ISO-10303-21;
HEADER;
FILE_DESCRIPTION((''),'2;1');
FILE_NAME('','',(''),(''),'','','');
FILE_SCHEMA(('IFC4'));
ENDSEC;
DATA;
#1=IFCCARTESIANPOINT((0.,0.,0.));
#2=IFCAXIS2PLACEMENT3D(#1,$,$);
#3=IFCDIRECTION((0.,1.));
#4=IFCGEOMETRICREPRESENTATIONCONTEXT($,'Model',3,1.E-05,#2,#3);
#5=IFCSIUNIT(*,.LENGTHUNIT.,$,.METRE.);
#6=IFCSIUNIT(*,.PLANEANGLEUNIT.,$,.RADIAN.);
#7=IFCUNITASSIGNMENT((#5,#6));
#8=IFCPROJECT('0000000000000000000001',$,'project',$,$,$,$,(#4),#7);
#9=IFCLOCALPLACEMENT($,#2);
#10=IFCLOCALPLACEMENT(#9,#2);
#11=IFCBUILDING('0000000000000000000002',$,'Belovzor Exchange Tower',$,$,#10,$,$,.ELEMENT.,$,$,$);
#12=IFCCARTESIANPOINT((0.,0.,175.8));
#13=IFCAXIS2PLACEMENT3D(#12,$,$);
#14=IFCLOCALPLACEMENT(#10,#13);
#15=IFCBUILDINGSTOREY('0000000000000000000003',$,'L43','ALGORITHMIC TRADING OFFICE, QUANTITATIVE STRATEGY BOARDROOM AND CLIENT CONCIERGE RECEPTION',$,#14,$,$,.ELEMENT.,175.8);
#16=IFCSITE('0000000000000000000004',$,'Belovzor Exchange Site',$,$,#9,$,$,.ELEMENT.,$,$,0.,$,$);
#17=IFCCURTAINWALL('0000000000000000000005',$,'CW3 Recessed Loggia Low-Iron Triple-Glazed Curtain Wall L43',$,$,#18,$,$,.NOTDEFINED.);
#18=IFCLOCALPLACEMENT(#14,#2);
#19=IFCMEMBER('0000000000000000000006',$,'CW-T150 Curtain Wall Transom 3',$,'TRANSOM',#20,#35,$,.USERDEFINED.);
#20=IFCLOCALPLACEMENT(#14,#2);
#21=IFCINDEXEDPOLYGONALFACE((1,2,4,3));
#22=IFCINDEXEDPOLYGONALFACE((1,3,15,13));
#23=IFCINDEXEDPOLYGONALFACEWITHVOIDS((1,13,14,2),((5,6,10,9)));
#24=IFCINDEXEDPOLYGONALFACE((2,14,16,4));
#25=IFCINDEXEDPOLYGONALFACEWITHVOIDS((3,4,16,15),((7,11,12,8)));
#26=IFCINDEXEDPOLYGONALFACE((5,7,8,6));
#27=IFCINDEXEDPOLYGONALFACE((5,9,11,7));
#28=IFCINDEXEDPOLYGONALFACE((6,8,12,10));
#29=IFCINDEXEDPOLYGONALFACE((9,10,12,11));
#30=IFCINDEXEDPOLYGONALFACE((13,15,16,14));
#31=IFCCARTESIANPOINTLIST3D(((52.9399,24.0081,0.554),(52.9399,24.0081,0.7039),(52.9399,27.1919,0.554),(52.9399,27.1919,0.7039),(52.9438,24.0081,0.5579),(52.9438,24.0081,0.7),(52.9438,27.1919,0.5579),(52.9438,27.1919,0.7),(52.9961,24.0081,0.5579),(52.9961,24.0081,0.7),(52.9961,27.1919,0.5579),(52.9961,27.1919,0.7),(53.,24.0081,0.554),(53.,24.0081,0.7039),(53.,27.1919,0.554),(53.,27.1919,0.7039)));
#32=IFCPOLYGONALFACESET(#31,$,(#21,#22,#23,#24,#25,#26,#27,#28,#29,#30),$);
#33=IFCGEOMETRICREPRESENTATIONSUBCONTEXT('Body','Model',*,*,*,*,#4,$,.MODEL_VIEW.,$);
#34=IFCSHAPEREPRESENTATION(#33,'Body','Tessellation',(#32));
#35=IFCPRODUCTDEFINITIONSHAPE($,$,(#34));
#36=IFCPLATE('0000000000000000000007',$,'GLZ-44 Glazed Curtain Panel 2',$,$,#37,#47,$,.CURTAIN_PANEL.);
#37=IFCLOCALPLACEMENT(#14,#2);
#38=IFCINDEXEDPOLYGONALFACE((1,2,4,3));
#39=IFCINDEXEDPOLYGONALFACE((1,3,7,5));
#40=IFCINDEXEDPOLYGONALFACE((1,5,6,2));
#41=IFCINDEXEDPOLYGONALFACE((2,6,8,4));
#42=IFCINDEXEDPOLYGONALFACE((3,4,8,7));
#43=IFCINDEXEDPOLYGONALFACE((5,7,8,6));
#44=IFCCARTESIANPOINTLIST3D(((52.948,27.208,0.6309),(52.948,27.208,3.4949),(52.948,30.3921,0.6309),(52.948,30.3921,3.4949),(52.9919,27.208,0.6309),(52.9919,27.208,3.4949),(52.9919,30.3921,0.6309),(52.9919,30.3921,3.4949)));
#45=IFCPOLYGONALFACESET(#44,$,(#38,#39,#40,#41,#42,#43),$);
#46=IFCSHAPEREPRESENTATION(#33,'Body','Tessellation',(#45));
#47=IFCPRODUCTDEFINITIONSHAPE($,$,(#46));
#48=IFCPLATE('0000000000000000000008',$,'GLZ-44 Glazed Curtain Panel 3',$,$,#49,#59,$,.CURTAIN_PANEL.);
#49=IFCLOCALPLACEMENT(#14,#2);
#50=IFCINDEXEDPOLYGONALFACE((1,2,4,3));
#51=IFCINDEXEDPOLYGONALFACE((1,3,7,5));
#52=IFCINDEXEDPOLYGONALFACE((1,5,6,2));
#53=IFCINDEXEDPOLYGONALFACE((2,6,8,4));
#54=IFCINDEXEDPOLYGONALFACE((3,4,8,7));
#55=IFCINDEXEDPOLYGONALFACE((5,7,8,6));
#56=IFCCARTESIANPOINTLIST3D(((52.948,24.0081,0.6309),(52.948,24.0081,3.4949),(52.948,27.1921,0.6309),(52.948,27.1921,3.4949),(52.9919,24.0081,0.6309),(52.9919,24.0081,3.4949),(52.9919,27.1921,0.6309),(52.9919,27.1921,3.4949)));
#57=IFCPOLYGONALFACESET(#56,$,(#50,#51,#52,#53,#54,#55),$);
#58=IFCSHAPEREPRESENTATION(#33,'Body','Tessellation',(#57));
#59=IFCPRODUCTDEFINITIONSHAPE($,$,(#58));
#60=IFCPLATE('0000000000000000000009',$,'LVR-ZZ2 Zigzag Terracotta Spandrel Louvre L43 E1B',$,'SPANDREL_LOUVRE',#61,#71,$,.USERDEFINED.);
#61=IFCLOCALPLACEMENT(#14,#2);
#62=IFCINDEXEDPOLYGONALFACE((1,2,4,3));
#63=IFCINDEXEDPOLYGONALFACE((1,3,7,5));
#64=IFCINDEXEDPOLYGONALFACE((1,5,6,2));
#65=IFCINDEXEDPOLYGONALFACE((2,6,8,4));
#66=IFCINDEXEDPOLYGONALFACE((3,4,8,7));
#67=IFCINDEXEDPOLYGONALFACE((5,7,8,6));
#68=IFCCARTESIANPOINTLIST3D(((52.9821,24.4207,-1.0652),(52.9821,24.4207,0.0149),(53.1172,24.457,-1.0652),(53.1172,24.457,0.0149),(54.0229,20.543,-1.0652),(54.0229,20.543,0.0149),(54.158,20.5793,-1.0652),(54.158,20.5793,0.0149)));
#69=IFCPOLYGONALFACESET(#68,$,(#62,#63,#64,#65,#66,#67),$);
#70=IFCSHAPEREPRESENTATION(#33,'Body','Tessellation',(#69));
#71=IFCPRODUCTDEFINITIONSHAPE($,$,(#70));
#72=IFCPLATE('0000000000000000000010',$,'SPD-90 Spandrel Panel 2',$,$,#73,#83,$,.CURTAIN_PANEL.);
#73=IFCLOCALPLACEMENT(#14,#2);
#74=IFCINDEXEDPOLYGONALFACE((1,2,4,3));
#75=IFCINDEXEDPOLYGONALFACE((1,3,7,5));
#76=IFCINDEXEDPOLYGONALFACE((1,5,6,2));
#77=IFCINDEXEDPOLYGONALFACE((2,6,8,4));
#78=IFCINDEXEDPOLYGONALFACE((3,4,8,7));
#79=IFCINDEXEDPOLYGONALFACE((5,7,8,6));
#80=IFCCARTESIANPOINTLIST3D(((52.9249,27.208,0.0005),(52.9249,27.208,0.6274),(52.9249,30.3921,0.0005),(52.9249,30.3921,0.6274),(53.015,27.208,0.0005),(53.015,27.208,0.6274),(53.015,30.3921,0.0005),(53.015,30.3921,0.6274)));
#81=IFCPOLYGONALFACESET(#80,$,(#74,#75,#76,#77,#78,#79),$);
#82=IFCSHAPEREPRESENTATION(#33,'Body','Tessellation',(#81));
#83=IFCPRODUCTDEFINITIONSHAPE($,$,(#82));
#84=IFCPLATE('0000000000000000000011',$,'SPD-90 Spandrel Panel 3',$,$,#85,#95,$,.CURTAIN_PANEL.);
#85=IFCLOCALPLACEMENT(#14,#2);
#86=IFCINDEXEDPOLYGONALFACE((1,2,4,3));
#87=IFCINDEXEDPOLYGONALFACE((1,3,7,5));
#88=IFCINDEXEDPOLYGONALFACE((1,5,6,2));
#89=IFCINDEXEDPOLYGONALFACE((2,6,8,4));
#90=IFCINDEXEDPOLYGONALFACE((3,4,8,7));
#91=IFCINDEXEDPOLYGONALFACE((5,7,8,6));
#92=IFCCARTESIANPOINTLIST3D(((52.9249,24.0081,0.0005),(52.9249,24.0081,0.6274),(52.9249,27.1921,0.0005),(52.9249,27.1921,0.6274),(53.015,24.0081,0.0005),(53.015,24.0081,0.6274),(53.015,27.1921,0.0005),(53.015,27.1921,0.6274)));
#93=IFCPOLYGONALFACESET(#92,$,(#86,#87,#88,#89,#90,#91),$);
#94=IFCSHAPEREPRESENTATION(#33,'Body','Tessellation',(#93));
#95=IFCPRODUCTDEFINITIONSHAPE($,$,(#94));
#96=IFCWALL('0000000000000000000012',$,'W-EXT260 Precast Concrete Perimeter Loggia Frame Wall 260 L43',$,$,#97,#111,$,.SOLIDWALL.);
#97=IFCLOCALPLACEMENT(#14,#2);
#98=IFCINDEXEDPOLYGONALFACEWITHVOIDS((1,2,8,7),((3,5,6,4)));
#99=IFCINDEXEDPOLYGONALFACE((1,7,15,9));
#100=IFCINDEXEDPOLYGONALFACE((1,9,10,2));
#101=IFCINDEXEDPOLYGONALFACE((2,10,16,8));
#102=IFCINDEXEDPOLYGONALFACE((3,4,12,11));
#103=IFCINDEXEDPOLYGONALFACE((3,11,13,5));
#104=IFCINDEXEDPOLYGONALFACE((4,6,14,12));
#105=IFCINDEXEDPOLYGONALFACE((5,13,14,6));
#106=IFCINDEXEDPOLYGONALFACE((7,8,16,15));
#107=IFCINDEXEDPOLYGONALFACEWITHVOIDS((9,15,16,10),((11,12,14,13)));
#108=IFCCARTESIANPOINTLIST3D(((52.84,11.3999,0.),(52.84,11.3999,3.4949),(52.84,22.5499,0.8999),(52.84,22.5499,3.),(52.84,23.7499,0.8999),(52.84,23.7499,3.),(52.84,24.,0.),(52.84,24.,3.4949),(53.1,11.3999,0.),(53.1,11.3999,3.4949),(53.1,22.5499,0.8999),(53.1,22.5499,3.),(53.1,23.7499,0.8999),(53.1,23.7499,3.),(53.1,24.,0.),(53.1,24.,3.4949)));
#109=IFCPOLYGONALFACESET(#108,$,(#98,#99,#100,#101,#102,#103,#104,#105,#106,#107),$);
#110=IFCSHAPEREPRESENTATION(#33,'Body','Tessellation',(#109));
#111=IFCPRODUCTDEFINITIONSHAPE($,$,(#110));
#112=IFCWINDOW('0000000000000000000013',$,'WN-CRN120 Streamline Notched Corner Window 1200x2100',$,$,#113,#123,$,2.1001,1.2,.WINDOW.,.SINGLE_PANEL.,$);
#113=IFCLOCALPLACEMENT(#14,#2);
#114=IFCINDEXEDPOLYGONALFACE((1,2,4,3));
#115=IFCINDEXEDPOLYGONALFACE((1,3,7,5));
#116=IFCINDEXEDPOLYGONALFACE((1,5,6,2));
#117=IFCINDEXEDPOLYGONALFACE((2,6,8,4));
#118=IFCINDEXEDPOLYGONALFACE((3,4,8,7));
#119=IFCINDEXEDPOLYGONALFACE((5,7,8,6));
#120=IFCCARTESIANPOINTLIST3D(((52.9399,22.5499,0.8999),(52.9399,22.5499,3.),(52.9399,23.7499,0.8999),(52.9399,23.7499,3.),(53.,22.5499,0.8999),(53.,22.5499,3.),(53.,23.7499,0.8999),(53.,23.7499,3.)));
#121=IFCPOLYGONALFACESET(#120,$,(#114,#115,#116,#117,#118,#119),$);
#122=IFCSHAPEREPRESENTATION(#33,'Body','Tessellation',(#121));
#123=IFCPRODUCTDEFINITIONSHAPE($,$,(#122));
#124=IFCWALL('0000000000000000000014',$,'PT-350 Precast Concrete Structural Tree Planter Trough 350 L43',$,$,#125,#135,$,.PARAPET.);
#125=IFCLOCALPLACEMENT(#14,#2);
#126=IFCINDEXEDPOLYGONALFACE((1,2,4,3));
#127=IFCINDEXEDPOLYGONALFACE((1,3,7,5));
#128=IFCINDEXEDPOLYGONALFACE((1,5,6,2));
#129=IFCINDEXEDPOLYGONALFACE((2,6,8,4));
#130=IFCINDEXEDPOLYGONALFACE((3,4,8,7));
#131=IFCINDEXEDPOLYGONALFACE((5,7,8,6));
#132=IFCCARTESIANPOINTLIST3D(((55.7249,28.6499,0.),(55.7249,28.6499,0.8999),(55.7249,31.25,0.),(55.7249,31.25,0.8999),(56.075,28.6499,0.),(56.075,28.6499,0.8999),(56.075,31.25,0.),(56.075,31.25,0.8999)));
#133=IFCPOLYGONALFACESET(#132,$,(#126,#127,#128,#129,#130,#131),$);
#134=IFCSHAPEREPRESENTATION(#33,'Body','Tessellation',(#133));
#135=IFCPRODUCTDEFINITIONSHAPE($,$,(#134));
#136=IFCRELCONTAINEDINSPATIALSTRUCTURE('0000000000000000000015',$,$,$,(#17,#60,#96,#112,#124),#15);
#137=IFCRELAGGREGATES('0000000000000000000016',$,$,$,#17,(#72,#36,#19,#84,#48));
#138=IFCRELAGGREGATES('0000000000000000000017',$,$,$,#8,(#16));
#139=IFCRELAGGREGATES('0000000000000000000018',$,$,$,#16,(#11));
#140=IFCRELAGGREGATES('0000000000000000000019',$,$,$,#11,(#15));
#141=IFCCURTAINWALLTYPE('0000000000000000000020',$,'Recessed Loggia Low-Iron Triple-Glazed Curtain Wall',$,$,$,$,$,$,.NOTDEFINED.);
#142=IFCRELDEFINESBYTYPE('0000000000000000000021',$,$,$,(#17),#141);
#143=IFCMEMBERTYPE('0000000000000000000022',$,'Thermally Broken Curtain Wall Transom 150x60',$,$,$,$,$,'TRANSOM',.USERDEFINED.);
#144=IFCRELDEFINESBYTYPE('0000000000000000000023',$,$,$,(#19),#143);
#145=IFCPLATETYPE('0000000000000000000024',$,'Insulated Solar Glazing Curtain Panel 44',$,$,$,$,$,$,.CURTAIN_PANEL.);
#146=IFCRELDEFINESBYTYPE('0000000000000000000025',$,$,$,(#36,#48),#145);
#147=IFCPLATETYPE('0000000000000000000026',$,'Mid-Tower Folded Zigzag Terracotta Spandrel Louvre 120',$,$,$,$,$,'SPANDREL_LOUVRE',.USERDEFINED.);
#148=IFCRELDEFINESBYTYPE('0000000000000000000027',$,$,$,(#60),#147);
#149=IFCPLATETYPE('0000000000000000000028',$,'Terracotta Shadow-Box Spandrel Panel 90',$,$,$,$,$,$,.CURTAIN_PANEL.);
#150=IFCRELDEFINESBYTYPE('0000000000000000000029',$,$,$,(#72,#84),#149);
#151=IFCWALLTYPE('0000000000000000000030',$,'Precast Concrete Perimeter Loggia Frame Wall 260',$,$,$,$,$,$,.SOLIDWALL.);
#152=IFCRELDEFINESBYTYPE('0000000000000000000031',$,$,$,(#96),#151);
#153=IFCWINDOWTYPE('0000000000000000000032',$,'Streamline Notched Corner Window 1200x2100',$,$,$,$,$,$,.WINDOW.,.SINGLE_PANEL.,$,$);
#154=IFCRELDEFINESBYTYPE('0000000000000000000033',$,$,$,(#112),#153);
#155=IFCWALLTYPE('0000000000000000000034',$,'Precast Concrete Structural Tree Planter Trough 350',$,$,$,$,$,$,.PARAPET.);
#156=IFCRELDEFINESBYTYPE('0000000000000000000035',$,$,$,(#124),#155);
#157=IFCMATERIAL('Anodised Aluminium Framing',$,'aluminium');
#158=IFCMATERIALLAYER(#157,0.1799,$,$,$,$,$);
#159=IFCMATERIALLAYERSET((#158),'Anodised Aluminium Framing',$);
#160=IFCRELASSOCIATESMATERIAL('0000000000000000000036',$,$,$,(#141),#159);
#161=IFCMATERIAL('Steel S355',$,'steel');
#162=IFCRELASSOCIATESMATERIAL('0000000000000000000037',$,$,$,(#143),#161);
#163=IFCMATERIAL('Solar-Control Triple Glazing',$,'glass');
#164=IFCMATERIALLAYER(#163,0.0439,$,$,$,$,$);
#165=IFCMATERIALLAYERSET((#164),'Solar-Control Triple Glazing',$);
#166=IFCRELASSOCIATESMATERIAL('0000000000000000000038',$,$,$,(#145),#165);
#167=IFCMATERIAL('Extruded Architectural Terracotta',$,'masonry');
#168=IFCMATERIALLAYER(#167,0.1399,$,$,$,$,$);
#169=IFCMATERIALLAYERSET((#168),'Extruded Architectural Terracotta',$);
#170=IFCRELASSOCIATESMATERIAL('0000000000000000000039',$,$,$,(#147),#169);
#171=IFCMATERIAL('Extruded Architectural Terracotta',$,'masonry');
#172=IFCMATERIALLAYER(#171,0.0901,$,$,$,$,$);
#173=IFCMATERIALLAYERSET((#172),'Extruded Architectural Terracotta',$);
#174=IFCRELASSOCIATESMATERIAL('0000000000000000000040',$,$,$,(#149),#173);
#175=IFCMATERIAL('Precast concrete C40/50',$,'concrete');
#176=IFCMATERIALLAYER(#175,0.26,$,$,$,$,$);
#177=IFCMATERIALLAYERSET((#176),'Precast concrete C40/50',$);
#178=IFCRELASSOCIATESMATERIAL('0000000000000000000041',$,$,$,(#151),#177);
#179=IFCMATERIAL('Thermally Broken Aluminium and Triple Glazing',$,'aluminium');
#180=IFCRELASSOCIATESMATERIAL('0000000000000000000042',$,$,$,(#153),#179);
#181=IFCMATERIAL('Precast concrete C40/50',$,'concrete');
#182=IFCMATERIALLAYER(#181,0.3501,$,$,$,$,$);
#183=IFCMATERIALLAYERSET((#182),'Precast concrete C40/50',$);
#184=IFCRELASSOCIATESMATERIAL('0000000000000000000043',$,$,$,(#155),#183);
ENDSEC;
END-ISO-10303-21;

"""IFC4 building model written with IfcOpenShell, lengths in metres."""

from ifc_helpers import new_model, si_unit, direction, frame, frame_2d, origin, origin_2d, place, context, subcontext, project, spatial, rectangle, hollow_rectangle, extrude, material, layer, layer_set, material_profile, profile_set, type_object, element, fill, aggregate, save


model = new_model("IFC4")

# Units and contexts
model_context = context("Model", 3, precision=1e-05, world=origin(), true_north=direction((0.0, 1.0)))
body_context = subcontext(model_context, "Body", "Model", "MODEL_VIEW")
ifc_project = project(units=[si_unit("LENGTHUNIT", "METRE"), si_unit("PLANEANGLEUNIT", "RADIAN")], contexts=[model_context])

# Site, building, storey
site_placement = place(None, origin())
site = spatial("IfcSite", under=ifc_project, at=site_placement, Name="Belovzor Exchange Site", CompositionType="ELEMENT", RefElevation=0.0)
building_placement = place(site_placement, origin())
building = spatial("IfcBuilding", under=site, at=building_placement, Name="Belovzor Exchange Tower", CompositionType="ELEMENT")
storey_placement = place(building_placement, frame((0.0, 0.0, 175.8)))
storey = spatial("IfcBuildingStorey", under=building, at=storey_placement, Name="L43", Description="ALGORITHMIC TRADING OFFICE, QUANTITATIVE STRATEGY BOARDROOM AND CLIENT CONCIERGE RECEPTION", CompositionType="ELEMENT", Elevation=175.8)

# Curtain wall, member, plates
ifc_material_1 = material(Name="Anodised Aluminium Framing", Category="aluminium")
ifc_layer_1 = layer(ifc_material_1, 0.1799)
ifc_layer_set_1 = layer_set([ifc_layer_1], Name="Anodised Aluminium Framing")
curtain_wall_type = type_object("IfcCurtainWallType", Name="Recessed Loggia Low-Iron Triple-Glazed Curtain Wall", PredefinedType="NOTDEFINED", material=ifc_layer_set_1)
curtain_wall_placement = place(storey_placement, origin())
curtain_wall = element("IfcCurtainWall", 1, at=curtain_wall_placement, inside=storey, type_object=curtain_wall_type, Name="CW3 Recessed Loggia Low-Iron Triple-Glazed Curtain Wall L43", PredefinedType="NOTDEFINED")
ifc_material_2 = material(Name="Steel S355", Category="steel")
ifc_material_profile_1 = material_profile(ifc_material_2, hollow_rectangle(XDim=0.0601, YDim=0.1499, WallThickness=0.0039, at=origin_2d()))
ifc_profile_set_1 = profile_set([ifc_material_profile_1], Name="Steel S355")
member_type_1 = type_object("IfcMemberType", Name="Thermally Broken Curtain Wall Transom 150x60", ElementType="TRANSOM", PredefinedType="USERDEFINED", material=ifc_profile_set_1)
member_1_placement = place(storey_placement, frame((52.97, 27.1919, 0.6289), z_axis=(0.0, -1.0, 0.0), x_axis=(1.0, 0.0, 0.0)))
member_1 = element("IfcMember", 2, at=member_1_placement, type_object=member_type_1, Name="CW-T150 Curtain Wall Transom 3", ObjectType="TRANSOM", PredefinedType="USERDEFINED", context=body_context, shape_type="SweptSolid", body=[
    extrude(hollow_rectangle(XDim=0.0601, YDim=0.1499, WallThickness=0.0039, at=origin_2d()), origin(), (0.0, 0.0, 1.0), 3.1838),
])
ifc_material_3 = material(Name="Solar-Control Triple Glazing", Category="glass")
ifc_layer_2 = layer(ifc_material_3, 0.0439)
ifc_layer_set_2 = layer_set([ifc_layer_2], Name="Solar-Control Triple Glazing")
plate_type_1 = type_object("IfcPlateType", Name="Insulated Solar Glazing Curtain Panel 44", PredefinedType="CURTAIN_PANEL", material=ifc_layer_set_2)
plate_1_placement = place(storey_placement, frame((52.97, 28.8, 0.6309), z_axis=(0.0, 0.0, 1.0), x_axis=(0.0, -1.0, 0.0)))
plate_1 = element("IfcPlate", 3, at=plate_1_placement, type_object=plate_type_1, Name="GLZ-44 Glazed Curtain Panel 2", PredefinedType="CURTAIN_PANEL", context=body_context, shape_type="SweptSolid", body=[
    extrude(rectangle(XDim=3.1841, YDim=0.0439, at=origin_2d()), origin(), (0.0, 0.0, 1.0), 2.864),
])
plate_2_placement = place(storey_placement, frame((52.97, 25.6001, 0.6309), z_axis=(0.0, 0.0, 1.0), x_axis=(0.0, -1.0, 0.0)))
plate_2 = element("IfcPlate", 4, at=plate_2_placement, type_object=plate_type_1, Name="GLZ-44 Glazed Curtain Panel 3", PredefinedType="CURTAIN_PANEL", context=body_context, shape_type="SweptSolid", body=[
    extrude(rectangle(XDim=3.1841, YDim=0.0439, at=origin_2d()), origin(), (0.0, 0.0, 1.0), 2.864),
])

# Plates
ifc_material_4 = material(Name="Extruded Architectural Terracotta", Category="masonry")
ifc_layer_3 = layer(ifc_material_4, 0.1399)
ifc_layer_set_3 = layer_set([ifc_layer_3], Name="Extruded Architectural Terracotta")
plate_type_2 = type_object("IfcPlateType", Name="Mid-Tower Folded Zigzag Terracotta Spandrel Louvre 120", ElementType="SPANDREL_LOUVRE", PredefinedType="USERDEFINED", material=ifc_layer_set_3)
plate_3_placement = place(storey_placement, frame((53.5701, 22.5, -1.0652), z_axis=(0.0, 0.0, 1.0), x_axis=(-0.25924, 0.965813, 0.0)))
element("IfcPlate", 5, at=plate_3_placement, inside=storey, type_object=plate_type_2, Name="LVR-ZZ2 Zigzag Terracotta Spandrel Louvre L43 E1B", ObjectType="SPANDREL_LOUVRE", PredefinedType="USERDEFINED", context=body_context, shape_type="SweptSolid", body=[
    extrude(rectangle(XDim=4.0149, YDim=0.1399, at=origin_2d()), origin(), (0.0, 0.0, 1.0), 1.0801),
])
ifc_material_5 = material(Name="Extruded Architectural Terracotta", Category="masonry")
ifc_layer_4 = layer(ifc_material_5, 0.0901)
ifc_layer_set_4 = layer_set([ifc_layer_4], Name="Extruded Architectural Terracotta")
plate_type_3 = type_object("IfcPlateType", Name="Terracotta Shadow-Box Spandrel Panel 90", PredefinedType="CURTAIN_PANEL", material=ifc_layer_set_4)
plate_4_placement = place(storey_placement, frame((52.97, 28.8, 0.0005), z_axis=(0.0, 0.0, 1.0), x_axis=(0.0, -1.0, 0.0)))
plate_4 = element("IfcPlate", 6, at=plate_4_placement, type_object=plate_type_3, Name="SPD-90 Spandrel Panel 2", PredefinedType="CURTAIN_PANEL", context=body_context, shape_type="SweptSolid", body=[
    extrude(rectangle(XDim=3.1841, YDim=0.0901, at=origin_2d()), origin(), (0.0, 0.0, 1.0), 0.627),
])
plate_5_placement = place(storey_placement, frame((52.97, 25.6001, 0.0005), z_axis=(0.0, 0.0, 1.0), x_axis=(0.0, -1.0, 0.0)))
plate_5 = element("IfcPlate", 7, at=plate_5_placement, type_object=plate_type_3, Name="SPD-90 Spandrel Panel 3", PredefinedType="CURTAIN_PANEL", context=body_context, shape_type="SweptSolid", body=[
    extrude(rectangle(XDim=3.1841, YDim=0.0901, at=origin_2d()), origin(), (0.0, 0.0, 1.0), 0.627),
])
aggregate(curtain_wall, [plate_4, plate_1, member_1, plate_5, plate_2])

# Wall, opening, window
ifc_material_6 = material(Name="Precast concrete C40/50", Category="concrete")
ifc_layer_5 = layer(ifc_material_6, 0.26)
ifc_layer_set_5 = layer_set([ifc_layer_5], Name="Precast concrete C40/50")
wall_type_1 = type_object("IfcWallType", Name="Precast Concrete Perimeter Loggia Frame Wall 260", PredefinedType="SOLIDWALL", material=ifc_layer_set_5)
wall_1_placement = place(storey_placement, frame((52.97, 24.0, 0.0), z_axis=(0.0, 0.0, 1.0), x_axis=(0.0, -1.0, 0.0)))
wall_1 = element("IfcWall", 8, at=wall_1_placement, inside=storey, type_object=wall_type_1, Name="W-EXT260 Precast Concrete Perimeter Loggia Frame Wall 260 L43", PredefinedType="SOLIDWALL", context=body_context, shape_type="SweptSolid", body=[
    extrude(rectangle(XDim=12.6001, YDim=0.26, at=frame_2d((6.3, 0.0))), origin(), (0.0, 0.0, 1.0), 3.4949),
])
opening_placement = place(wall_1_placement, frame((0.25, 0.0, 0.8999)))
opening = element("IfcOpeningElement", 9, at=opening_placement, cuts=wall_1, PredefinedType="OPENING", context=body_context, shape_type="SweptSolid", body=[
    extrude(rectangle(XDim=1.2, YDim=2.1001, at=frame_2d((0.6001, 1.05))), frame((0.0, 0.1399, 0.0), z_axis=(0.0, -1.0, 0.0), x_axis=(1.0, 0.0, 0.0)), (0.0, 0.0, 1.0), 0.28),
])
ifc_material_7 = material(Name="Thermally Broken Aluminium and Triple Glazing", Category="aluminium")
window_type = type_object("IfcWindowType", Name="Streamline Notched Corner Window 1200x2100", PartitioningType="SINGLE_PANEL", PredefinedType="WINDOW", material=ifc_material_7)
window_placement = place(opening_placement, origin())
window = element("IfcWindow", 10, at=window_placement, inside=storey, type_object=window_type, Name="WN-CRN120 Streamline Notched Corner Window 1200x2100", OverallHeight=2.1001, OverallWidth=1.2, PartitioningType="SINGLE_PANEL", PredefinedType="WINDOW", context=body_context, shape_type="SweptSolid", body=[
    extrude(rectangle(XDim=1.2, YDim=2.1001, at=frame_2d((0.6001, 1.05))), frame((0.0, 0.03, 0.0), z_axis=(0.0, -1.0, 0.0), x_axis=(1.0, 0.0, 0.0)), (0.0, 0.0, 1.0), 0.0601),
])
fill(opening, window)

# Wall
ifc_material_8 = material(Name="Precast concrete C40/50", Category="concrete")
ifc_layer_6 = layer(ifc_material_8, 0.3501)
ifc_layer_set_6 = layer_set([ifc_layer_6], Name="Precast concrete C40/50")
wall_type_2 = type_object("IfcWallType", Name="Precast Concrete Structural Tree Planter Trough 350", PredefinedType="PARAPET", material=ifc_layer_set_6)
wall_2_placement = place(storey_placement, frame((55.8999, 28.6499, 0.0), z_axis=(0.0, 0.0, 1.0), x_axis=(0.0, 1.0, 0.0)))
element("IfcWall", 11, at=wall_2_placement, inside=storey, type_object=wall_type_2, Name="PT-350 Precast Concrete Structural Tree Planter Trough 350 L43", PredefinedType="PARAPET", context=body_context, shape_type="SweptSolid", body=[
    extrude(rectangle(XDim=2.6001, YDim=0.3501, at=frame_2d((1.3, 0.0))), origin(), (0.0, 0.0, 1.0), 0.8999),
])

save(model, "model.ifc")
